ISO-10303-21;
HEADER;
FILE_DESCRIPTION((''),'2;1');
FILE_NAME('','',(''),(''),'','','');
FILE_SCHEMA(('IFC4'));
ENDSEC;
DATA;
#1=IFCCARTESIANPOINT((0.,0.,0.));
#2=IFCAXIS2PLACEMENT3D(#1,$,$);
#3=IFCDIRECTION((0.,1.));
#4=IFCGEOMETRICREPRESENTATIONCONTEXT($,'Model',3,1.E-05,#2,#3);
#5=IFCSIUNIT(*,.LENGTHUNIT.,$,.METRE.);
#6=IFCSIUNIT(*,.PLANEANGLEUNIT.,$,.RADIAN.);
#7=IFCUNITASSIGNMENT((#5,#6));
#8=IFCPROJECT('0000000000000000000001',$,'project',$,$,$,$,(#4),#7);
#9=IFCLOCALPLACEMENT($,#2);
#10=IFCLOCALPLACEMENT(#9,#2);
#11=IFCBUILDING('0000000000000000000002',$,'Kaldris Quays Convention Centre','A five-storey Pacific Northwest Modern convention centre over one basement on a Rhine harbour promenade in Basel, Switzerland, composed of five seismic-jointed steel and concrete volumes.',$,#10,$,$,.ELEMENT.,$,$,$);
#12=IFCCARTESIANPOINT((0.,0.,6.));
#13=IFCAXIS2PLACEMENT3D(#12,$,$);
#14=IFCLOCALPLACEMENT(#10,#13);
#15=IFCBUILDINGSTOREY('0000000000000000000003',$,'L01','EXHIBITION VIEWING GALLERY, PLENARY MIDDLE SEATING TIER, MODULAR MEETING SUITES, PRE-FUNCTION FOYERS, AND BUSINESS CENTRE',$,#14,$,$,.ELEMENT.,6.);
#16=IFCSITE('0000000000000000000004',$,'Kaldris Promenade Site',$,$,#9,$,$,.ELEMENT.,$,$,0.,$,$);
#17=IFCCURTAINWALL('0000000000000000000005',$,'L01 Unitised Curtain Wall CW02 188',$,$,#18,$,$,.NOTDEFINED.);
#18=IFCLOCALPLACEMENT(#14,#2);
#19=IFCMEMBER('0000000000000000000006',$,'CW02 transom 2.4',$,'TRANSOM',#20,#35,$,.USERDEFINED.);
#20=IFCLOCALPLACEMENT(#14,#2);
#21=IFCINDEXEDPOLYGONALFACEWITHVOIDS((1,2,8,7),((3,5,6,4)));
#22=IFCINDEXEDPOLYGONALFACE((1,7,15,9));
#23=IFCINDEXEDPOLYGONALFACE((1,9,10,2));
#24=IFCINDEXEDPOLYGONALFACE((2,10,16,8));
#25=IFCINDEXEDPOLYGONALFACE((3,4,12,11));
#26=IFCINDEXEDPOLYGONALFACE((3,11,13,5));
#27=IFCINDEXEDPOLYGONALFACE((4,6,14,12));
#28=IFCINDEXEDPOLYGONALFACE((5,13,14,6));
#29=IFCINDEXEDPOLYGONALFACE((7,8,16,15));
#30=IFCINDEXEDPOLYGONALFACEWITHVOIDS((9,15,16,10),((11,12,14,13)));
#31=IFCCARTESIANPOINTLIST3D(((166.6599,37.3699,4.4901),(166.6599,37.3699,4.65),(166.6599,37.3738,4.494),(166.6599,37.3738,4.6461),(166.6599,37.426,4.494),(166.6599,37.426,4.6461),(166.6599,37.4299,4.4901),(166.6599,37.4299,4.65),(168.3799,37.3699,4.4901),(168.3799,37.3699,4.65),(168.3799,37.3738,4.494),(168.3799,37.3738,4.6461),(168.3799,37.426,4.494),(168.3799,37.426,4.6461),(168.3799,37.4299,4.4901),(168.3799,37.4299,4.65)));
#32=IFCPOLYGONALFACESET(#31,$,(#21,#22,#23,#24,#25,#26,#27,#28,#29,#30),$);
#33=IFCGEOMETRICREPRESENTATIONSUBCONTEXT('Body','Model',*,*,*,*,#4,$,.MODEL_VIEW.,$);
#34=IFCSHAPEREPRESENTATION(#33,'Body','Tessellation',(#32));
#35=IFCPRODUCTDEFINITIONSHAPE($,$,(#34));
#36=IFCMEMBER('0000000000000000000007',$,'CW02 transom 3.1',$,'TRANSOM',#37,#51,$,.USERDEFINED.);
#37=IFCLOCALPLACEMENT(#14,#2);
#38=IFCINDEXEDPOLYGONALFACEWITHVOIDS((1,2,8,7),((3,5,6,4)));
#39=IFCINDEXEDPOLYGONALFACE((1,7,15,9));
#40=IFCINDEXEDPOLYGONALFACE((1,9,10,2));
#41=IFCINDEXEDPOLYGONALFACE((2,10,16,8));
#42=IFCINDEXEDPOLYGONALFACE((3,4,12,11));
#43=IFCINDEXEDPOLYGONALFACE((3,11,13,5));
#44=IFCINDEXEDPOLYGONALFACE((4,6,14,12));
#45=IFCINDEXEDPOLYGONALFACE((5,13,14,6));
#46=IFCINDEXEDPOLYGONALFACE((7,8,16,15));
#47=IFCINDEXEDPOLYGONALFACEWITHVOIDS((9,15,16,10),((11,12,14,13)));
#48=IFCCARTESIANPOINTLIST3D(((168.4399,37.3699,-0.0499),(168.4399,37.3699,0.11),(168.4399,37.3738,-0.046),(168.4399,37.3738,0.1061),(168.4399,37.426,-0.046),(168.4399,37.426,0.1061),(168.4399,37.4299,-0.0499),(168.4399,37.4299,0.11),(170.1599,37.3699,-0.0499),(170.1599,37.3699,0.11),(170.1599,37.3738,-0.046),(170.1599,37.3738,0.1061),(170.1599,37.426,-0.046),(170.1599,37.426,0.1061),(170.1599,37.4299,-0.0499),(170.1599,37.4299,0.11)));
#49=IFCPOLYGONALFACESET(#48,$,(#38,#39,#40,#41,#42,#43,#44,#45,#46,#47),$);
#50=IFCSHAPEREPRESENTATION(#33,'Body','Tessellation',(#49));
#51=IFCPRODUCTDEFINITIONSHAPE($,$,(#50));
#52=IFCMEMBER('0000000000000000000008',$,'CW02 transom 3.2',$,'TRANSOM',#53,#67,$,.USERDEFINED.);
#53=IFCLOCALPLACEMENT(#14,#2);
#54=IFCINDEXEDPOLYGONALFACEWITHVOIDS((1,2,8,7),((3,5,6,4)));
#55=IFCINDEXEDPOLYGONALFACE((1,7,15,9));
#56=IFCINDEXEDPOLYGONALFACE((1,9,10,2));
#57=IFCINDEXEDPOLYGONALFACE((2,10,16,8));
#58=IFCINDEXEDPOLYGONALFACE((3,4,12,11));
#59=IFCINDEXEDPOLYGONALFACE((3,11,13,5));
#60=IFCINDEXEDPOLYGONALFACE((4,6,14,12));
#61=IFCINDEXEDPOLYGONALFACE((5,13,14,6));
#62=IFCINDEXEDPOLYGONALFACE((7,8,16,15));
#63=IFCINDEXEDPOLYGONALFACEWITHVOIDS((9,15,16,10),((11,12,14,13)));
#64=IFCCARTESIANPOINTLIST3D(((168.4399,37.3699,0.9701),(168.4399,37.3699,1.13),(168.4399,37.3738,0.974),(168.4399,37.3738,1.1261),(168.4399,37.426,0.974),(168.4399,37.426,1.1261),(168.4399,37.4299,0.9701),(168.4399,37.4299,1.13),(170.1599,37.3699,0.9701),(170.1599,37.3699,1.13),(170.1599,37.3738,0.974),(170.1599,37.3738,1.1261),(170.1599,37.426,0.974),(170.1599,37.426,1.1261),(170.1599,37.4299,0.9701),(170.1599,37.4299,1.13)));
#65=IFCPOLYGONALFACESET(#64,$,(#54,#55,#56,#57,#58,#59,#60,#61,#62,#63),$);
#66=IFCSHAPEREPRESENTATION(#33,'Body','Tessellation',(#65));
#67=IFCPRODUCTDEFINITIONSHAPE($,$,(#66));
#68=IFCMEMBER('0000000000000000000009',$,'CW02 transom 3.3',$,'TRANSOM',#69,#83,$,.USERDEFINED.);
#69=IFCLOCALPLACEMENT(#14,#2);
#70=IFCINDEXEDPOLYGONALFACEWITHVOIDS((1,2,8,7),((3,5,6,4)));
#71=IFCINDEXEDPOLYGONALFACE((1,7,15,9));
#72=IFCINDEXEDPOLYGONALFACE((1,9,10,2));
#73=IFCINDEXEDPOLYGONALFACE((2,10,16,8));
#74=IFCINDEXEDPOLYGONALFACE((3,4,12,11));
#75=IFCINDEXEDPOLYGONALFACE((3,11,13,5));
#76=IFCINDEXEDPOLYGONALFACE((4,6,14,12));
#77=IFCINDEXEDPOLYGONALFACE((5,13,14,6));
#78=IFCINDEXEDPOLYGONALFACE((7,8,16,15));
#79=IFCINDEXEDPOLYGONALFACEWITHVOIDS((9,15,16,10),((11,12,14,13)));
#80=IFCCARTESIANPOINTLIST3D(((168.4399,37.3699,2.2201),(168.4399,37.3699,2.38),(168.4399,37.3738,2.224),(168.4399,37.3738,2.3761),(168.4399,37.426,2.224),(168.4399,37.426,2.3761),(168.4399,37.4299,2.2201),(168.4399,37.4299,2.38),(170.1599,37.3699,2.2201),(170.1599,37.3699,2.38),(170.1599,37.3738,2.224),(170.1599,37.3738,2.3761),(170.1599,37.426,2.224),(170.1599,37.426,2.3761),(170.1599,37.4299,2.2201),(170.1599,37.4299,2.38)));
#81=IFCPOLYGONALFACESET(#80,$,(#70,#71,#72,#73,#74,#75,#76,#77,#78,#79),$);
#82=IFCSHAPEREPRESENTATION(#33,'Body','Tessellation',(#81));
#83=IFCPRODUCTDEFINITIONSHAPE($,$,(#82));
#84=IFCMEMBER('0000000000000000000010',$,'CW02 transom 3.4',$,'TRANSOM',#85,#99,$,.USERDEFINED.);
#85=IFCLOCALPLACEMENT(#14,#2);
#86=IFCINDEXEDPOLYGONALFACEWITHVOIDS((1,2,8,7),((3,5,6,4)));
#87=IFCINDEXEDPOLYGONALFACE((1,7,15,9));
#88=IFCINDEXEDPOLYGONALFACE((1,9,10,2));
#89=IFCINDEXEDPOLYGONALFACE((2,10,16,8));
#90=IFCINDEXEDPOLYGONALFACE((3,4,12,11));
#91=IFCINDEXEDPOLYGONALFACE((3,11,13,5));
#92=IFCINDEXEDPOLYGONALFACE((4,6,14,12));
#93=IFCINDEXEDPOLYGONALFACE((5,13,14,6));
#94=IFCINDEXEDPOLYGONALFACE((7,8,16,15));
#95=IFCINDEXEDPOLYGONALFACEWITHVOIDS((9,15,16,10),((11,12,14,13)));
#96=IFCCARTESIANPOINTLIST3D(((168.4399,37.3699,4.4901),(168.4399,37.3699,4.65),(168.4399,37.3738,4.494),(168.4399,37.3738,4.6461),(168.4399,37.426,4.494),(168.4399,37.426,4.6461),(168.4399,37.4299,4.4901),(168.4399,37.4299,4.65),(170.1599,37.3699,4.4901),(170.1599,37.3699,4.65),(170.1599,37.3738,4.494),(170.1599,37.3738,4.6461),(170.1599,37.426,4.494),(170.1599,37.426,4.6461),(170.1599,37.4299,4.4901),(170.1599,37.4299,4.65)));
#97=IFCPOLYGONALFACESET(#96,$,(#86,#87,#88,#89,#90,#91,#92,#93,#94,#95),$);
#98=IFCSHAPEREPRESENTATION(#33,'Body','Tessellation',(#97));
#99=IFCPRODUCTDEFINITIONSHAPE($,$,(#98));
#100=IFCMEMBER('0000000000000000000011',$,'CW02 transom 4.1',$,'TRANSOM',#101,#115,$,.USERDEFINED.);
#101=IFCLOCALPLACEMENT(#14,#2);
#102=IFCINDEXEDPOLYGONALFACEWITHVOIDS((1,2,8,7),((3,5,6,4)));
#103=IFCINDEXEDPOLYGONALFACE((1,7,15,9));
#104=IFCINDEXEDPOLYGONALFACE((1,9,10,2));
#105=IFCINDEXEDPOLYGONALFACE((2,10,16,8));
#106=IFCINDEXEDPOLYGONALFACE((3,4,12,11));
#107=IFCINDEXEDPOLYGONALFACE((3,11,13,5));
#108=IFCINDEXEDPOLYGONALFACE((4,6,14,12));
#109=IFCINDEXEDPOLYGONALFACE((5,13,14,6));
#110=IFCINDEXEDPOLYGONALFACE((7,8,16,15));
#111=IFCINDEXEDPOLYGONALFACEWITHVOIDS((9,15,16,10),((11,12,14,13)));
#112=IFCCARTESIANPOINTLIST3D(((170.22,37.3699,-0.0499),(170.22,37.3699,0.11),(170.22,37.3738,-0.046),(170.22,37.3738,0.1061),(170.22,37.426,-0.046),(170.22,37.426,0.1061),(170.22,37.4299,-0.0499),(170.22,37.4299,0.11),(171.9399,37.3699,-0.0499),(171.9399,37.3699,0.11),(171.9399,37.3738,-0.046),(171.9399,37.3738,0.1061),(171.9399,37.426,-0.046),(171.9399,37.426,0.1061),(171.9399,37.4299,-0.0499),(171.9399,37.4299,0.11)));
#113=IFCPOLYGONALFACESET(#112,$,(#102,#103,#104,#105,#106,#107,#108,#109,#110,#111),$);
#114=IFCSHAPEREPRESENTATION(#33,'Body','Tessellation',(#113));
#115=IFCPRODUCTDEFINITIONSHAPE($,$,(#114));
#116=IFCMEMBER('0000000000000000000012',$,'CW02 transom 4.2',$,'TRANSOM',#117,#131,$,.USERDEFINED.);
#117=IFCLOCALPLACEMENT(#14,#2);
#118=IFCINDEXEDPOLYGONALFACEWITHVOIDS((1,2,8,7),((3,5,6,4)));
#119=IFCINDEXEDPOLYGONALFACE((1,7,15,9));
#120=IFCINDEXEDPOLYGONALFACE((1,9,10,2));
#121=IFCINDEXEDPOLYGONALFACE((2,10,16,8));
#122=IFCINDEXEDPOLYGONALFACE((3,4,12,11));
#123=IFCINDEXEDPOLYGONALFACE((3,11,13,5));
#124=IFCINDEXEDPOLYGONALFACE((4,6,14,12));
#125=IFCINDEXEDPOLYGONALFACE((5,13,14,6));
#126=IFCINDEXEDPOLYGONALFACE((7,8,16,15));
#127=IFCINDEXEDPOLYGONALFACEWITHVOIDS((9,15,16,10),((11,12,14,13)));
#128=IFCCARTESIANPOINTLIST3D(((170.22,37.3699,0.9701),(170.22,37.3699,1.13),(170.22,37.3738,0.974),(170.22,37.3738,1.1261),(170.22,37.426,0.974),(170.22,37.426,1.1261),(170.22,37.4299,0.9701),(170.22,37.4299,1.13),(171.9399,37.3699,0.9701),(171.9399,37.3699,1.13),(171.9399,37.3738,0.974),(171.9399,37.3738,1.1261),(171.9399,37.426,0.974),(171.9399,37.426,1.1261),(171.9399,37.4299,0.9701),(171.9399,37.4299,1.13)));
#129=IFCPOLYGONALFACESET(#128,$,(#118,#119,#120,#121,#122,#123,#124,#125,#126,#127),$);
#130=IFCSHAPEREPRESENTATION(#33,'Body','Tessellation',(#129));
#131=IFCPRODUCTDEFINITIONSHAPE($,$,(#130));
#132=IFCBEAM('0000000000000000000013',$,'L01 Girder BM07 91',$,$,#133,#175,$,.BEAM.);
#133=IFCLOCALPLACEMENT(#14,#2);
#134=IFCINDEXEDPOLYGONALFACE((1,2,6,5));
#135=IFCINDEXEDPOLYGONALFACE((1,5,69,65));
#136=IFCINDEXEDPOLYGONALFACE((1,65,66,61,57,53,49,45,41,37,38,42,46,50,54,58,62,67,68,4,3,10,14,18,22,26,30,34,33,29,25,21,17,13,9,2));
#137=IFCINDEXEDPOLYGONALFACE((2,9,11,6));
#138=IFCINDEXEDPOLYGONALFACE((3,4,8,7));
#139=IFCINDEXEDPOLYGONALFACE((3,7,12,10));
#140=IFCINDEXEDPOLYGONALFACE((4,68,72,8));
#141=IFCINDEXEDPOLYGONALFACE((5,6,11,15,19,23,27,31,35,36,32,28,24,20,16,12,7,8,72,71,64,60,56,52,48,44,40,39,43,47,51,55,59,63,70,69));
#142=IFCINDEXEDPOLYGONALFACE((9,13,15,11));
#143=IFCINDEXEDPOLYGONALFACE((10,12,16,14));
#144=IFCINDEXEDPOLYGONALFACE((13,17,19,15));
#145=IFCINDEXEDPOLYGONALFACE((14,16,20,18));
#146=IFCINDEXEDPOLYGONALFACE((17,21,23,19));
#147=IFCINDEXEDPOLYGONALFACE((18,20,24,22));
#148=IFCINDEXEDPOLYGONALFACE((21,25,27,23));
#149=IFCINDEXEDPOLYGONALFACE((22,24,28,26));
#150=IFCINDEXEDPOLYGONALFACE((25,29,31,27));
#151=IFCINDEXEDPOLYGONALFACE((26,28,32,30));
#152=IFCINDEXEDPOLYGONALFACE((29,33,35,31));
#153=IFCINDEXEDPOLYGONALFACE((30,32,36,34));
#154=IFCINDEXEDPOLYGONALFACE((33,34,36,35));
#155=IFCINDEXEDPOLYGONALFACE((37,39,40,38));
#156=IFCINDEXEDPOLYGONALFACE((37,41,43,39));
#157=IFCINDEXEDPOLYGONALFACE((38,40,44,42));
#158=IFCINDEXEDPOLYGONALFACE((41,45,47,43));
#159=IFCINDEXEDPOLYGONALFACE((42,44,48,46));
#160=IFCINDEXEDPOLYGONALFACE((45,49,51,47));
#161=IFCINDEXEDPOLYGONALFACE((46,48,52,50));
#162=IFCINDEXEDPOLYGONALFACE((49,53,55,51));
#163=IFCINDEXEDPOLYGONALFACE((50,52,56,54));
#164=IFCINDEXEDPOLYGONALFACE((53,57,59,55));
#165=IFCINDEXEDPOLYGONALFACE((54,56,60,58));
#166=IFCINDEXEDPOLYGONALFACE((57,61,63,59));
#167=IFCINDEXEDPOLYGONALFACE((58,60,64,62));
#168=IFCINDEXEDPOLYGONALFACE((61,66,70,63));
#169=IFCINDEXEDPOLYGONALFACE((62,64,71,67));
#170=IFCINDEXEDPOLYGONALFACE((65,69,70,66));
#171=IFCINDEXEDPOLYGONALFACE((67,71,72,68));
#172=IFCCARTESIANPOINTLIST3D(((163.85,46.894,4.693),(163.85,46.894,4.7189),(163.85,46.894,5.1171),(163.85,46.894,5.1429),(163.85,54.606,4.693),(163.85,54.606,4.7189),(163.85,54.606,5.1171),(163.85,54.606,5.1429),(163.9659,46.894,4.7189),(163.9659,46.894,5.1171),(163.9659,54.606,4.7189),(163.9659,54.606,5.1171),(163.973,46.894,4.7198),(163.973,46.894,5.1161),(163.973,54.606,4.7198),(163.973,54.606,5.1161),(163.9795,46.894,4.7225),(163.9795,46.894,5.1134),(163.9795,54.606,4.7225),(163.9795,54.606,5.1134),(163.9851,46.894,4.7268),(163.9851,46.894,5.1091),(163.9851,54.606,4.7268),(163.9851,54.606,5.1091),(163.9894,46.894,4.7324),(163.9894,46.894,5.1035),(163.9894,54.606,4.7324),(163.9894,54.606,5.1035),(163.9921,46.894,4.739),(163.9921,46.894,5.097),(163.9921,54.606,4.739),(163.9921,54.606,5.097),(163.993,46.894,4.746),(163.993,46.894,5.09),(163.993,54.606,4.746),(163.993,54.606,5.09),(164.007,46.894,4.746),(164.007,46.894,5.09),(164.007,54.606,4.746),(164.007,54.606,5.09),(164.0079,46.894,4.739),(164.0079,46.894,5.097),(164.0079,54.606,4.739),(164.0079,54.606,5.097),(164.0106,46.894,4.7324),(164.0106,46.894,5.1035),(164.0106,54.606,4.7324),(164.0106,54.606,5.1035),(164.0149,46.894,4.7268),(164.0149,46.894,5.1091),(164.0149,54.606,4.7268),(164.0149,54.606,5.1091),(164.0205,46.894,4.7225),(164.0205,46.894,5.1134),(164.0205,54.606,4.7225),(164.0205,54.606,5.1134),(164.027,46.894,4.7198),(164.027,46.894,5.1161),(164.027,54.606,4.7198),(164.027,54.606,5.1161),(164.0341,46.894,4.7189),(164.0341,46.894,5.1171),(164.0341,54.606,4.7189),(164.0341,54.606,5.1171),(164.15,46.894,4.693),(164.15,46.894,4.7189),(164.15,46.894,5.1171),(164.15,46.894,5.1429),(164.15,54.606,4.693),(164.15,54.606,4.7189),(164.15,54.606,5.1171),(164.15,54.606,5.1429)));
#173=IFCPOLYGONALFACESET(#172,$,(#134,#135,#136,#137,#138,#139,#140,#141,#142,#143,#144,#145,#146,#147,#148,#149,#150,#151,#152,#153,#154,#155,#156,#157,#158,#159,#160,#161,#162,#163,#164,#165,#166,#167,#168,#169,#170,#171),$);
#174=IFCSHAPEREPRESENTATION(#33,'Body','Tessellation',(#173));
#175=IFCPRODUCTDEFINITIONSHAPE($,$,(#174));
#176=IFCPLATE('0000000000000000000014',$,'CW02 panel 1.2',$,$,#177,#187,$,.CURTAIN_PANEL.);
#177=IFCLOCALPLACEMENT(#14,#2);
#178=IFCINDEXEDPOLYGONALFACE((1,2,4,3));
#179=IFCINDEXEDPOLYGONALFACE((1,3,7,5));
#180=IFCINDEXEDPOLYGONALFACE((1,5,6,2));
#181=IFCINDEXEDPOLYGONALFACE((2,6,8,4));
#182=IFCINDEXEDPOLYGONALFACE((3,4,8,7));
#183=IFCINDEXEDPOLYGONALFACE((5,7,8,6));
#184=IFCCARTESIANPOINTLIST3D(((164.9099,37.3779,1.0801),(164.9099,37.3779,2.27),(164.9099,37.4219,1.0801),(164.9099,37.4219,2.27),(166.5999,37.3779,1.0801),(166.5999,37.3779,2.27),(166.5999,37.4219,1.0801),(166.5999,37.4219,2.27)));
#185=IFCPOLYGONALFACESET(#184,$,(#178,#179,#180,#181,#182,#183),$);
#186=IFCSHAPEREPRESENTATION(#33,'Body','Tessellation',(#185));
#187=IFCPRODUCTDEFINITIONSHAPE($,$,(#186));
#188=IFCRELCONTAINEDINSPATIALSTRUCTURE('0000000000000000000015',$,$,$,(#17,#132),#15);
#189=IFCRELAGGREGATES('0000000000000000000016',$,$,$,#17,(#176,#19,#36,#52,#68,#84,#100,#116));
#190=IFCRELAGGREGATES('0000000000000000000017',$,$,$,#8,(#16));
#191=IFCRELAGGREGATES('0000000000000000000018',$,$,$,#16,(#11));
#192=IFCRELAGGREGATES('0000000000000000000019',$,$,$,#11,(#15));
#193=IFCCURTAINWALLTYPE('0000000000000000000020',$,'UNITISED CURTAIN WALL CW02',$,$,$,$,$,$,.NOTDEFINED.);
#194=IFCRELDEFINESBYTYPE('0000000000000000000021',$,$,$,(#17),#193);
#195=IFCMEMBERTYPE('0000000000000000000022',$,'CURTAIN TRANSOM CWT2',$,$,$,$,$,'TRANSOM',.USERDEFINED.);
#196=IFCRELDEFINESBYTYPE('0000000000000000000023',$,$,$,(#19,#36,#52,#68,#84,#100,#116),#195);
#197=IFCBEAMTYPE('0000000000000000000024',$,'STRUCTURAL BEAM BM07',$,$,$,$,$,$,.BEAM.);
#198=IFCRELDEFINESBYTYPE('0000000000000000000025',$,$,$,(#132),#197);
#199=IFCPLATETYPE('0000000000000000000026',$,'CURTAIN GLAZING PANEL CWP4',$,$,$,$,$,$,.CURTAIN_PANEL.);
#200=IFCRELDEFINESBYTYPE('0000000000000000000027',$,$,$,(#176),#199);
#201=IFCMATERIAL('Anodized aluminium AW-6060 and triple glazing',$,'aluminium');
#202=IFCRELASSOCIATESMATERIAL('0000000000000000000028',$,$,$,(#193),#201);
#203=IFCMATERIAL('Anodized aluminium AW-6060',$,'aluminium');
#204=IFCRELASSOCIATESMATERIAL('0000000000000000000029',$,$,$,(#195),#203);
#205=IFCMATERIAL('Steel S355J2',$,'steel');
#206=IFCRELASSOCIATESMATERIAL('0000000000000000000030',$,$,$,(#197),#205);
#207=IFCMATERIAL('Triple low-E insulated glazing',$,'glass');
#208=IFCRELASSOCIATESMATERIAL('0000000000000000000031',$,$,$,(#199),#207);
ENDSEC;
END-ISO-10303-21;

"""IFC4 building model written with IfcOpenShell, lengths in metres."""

from ifc_helpers import new_model, si_unit, direction, frame, origin, origin_2d, place, context, subcontext, project, spatial, rectangle, hollow_rectangle, i_section, extrude, material, material_profile, profile_set, type_object, element, aggregate, save


model = new_model("IFC4")

# Units and contexts
model_context = context("Model", 3, precision=1e-05, world=origin(), true_north=direction((0.0, 1.0)))
body_context = subcontext(model_context, "Body", "Model", "MODEL_VIEW")
ifc_project = project(units=[si_unit("LENGTHUNIT", "METRE"), si_unit("PLANEANGLEUNIT", "RADIAN")], contexts=[model_context])

# Site, building, storey
site_placement = place(None, origin())
site = spatial("IfcSite", under=ifc_project, at=site_placement, Name="Kaldris Promenade Site", CompositionType="ELEMENT", RefElevation=0.0)
building_placement = place(site_placement, origin())
building = spatial("IfcBuilding", under=site, at=building_placement, Name="Kaldris Quays Convention Centre", Description="A five-storey Pacific Northwest Modern convention centre over one basement on a Rhine harbour promenade in Basel, Switzerland, composed of five seismic-jointed steel and concrete volumes.", CompositionType="ELEMENT")
storey_placement = place(building_placement, frame((0.0, 0.0, 6.0)))
storey = spatial("IfcBuildingStorey", under=building, at=storey_placement, Name="L01", Description="EXHIBITION VIEWING GALLERY, PLENARY MIDDLE SEATING TIER, MODULAR MEETING SUITES, PRE-FUNCTION FOYERS, AND BUSINESS CENTRE", CompositionType="ELEMENT", Elevation=6.0)

# Shared definitions
ifc_material_1 = material(Name="Steel S355J2", Category="steel")

# Shared definitions
ifc_material_2 = material(Name="Anodized aluminium AW-6060 and triple glazing", Category="aluminium")
ifc_material_3 = material(Name="Anodized aluminium AW-6060", Category="aluminium")

# Curtain wall, members
curtain_wall_type_1 = type_object("IfcCurtainWallType", Name="UNITISED CURTAIN WALL CW02", PredefinedType="NOTDEFINED", material=ifc_material_2)
curtain_wall_1_placement = place(storey_placement, origin())
curtain_wall_1 = element("IfcCurtainWall", 1, at=curtain_wall_1_placement, inside=storey, type_object=curtain_wall_type_1, Name="L01 Unitised Curtain Wall CW02 188", PredefinedType="NOTDEFINED")
ifc_material_profile_1 = material_profile(ifc_material_3, hollow_rectangle(XDim=0.0601, YDim=0.1599, WallThickness=0.0039, at=origin_2d()), Name="RHS 160x60x4")
ifc_profile_set_1 = profile_set([ifc_material_profile_1], Name="Anodized aluminium AW-6060")
member_type_1 = type_object("IfcMemberType", Name="CURTAIN TRANSOM CWT2", ElementType="TRANSOM", PredefinedType="USERDEFINED", material=ifc_profile_set_1)
member_1_placement = place(storey_placement, frame((166.6599, 37.3999, 4.5701), z_axis=(1.0, 0.0, 0.0), x_axis=(0.0, 1.0, 0.0)))
member_1 = element("IfcMember", 2, at=member_1_placement, type_object=member_type_1, Name="CW02 transom 2.4", ObjectType="TRANSOM", PredefinedType="USERDEFINED", context=body_context, shape_type="SweptSolid", body=[
    extrude(hollow_rectangle(XDim=0.0601, YDim=0.1599, WallThickness=0.0039, at=origin_2d()), origin(), (0.0, 0.0, 1.0), 1.72),
])
member_2_placement = place(storey_placement, frame((168.4399, 37.3999, 0.03), z_axis=(1.0, 0.0, 0.0), x_axis=(0.0, 1.0, 0.0)))
member_2 = element("IfcMember", 3, at=member_2_placement, type_object=member_type_1, Name="CW02 transom 3.1", ObjectType="TRANSOM", PredefinedType="USERDEFINED", context=body_context, shape_type="SweptSolid", body=[
    extrude(hollow_rectangle(XDim=0.0601, YDim=0.1599, WallThickness=0.0039, at=origin_2d()), origin(), (0.0, 0.0, 1.0), 1.72),
])
member_3_placement = place(storey_placement, frame((168.4399, 37.3999, 1.05), z_axis=(1.0, 0.0, 0.0), x_axis=(0.0, 1.0, 0.0)))
member_3 = element("IfcMember", 4, at=member_3_placement, type_object=member_type_1, Name="CW02 transom 3.2", ObjectType="TRANSOM", PredefinedType="USERDEFINED", context=body_context, shape_type="SweptSolid", body=[
    extrude(hollow_rectangle(XDim=0.0601, YDim=0.1599, WallThickness=0.0039, at=origin_2d()), origin(), (0.0, 0.0, 1.0), 1.72),
])
member_4_placement = place(storey_placement, frame((168.4399, 37.3999, 2.3), z_axis=(1.0, 0.0, 0.0), x_axis=(0.0, 1.0, 0.0)))
member_4 = element("IfcMember", 5, at=member_4_placement, type_object=member_type_1, Name="CW02 transom 3.3", ObjectType="TRANSOM", PredefinedType="USERDEFINED", context=body_context, shape_type="SweptSolid", body=[
    extrude(hollow_rectangle(XDim=0.0601, YDim=0.1599, WallThickness=0.0039, at=origin_2d()), origin(), (0.0, 0.0, 1.0), 1.72),
])
member_5_placement = place(storey_placement, frame((168.4399, 37.3999, 4.5701), z_axis=(1.0, 0.0, 0.0), x_axis=(0.0, 1.0, 0.0)))
member_5 = element("IfcMember", 6, at=member_5_placement, type_object=member_type_1, Name="CW02 transom 3.4", ObjectType="TRANSOM", PredefinedType="USERDEFINED", context=body_context, shape_type="SweptSolid", body=[
    extrude(hollow_rectangle(XDim=0.0601, YDim=0.1599, WallThickness=0.0039, at=origin_2d()), origin(), (0.0, 0.0, 1.0), 1.72),
])
member_6_placement = place(storey_placement, frame((170.22, 37.3999, 0.03), z_axis=(1.0, 0.0, 0.0), x_axis=(0.0, 1.0, 0.0)))
member_6 = element("IfcMember", 7, at=member_6_placement, type_object=member_type_1, Name="CW02 transom 4.1", ObjectType="TRANSOM", PredefinedType="USERDEFINED", context=body_context, shape_type="SweptSolid", body=[
    extrude(hollow_rectangle(XDim=0.0601, YDim=0.1599, WallThickness=0.0039, at=origin_2d()), origin(), (0.0, 0.0, 1.0), 1.72),
])
member_7_placement = place(storey_placement, frame((170.22, 37.3999, 1.05), z_axis=(1.0, 0.0, 0.0), x_axis=(0.0, 1.0, 0.0)))
member_7 = element("IfcMember", 8, at=member_7_placement, type_object=member_type_1, Name="CW02 transom 4.2", ObjectType="TRANSOM", PredefinedType="USERDEFINED", context=body_context, shape_type="SweptSolid", body=[
    extrude(hollow_rectangle(XDim=0.0601, YDim=0.1599, WallThickness=0.0039, at=origin_2d()), origin(), (0.0, 0.0, 1.0), 1.72),
])

# Beam
ifc_material_profile_2 = material_profile(ifc_material_1, i_section(OverallWidth=0.3, OverallDepth=0.45, WebThickness=0.0139, FlangeThickness=0.0259, FilletRadius=0.0271, at=origin_2d()), Name="HEB 450")
ifc_profile_set_2 = profile_set([ifc_material_profile_2], Name="Steel S355J2")
beam_type = type_object("IfcBeamType", Name="STRUCTURAL BEAM BM07", PredefinedType="BEAM", material=ifc_profile_set_2)
beam_placement = place(storey_placement, frame((164.0, 46.894, 4.918), z_axis=(0.0, 1.0, 0.0), x_axis=(-1.0, 0.0, 0.0)))
element("IfcBeam", 9, at=beam_placement, inside=storey, type_object=beam_type, Name="L01 Girder BM07 91", PredefinedType="BEAM", context=body_context, shape_type="SweptSolid", body=[
    extrude(i_section(OverallWidth=0.3, OverallDepth=0.45, WebThickness=0.0139, FlangeThickness=0.0259, FilletRadius=0.0271, at=origin_2d()), origin(), (0.0, 0.0, 1.0), 7.7119),
])

# Plate
ifc_material_4 = material(Name="Triple low-E insulated glazing", Category="glass")
plate_type = type_object("IfcPlateType", Name="CURTAIN GLAZING PANEL CWP4", PredefinedType="CURTAIN_PANEL", material=ifc_material_4)
plate_1_placement = place(storey_placement, frame((165.7549, 37.3999, 1.0801), z_axis=(0.0, 0.0, 1.0), x_axis=(1.0, 0.0, 0.0)))
plate_1 = element("IfcPlate", 10, at=plate_1_placement, type_object=plate_type, Name="CW02 panel 1.2", PredefinedType="CURTAIN_PANEL", context=body_context, shape_type="SweptSolid", body=[
    extrude(rectangle(XDim=1.6899, YDim=0.0439, at=origin_2d()), origin(), (0.0, 0.0, 1.0), 1.1899),
])
aggregate(curtain_wall_1, [plate_1, member_1, member_2, member_3, member_4, member_5, member_6, member_7])

save(model, "model.ifc")
